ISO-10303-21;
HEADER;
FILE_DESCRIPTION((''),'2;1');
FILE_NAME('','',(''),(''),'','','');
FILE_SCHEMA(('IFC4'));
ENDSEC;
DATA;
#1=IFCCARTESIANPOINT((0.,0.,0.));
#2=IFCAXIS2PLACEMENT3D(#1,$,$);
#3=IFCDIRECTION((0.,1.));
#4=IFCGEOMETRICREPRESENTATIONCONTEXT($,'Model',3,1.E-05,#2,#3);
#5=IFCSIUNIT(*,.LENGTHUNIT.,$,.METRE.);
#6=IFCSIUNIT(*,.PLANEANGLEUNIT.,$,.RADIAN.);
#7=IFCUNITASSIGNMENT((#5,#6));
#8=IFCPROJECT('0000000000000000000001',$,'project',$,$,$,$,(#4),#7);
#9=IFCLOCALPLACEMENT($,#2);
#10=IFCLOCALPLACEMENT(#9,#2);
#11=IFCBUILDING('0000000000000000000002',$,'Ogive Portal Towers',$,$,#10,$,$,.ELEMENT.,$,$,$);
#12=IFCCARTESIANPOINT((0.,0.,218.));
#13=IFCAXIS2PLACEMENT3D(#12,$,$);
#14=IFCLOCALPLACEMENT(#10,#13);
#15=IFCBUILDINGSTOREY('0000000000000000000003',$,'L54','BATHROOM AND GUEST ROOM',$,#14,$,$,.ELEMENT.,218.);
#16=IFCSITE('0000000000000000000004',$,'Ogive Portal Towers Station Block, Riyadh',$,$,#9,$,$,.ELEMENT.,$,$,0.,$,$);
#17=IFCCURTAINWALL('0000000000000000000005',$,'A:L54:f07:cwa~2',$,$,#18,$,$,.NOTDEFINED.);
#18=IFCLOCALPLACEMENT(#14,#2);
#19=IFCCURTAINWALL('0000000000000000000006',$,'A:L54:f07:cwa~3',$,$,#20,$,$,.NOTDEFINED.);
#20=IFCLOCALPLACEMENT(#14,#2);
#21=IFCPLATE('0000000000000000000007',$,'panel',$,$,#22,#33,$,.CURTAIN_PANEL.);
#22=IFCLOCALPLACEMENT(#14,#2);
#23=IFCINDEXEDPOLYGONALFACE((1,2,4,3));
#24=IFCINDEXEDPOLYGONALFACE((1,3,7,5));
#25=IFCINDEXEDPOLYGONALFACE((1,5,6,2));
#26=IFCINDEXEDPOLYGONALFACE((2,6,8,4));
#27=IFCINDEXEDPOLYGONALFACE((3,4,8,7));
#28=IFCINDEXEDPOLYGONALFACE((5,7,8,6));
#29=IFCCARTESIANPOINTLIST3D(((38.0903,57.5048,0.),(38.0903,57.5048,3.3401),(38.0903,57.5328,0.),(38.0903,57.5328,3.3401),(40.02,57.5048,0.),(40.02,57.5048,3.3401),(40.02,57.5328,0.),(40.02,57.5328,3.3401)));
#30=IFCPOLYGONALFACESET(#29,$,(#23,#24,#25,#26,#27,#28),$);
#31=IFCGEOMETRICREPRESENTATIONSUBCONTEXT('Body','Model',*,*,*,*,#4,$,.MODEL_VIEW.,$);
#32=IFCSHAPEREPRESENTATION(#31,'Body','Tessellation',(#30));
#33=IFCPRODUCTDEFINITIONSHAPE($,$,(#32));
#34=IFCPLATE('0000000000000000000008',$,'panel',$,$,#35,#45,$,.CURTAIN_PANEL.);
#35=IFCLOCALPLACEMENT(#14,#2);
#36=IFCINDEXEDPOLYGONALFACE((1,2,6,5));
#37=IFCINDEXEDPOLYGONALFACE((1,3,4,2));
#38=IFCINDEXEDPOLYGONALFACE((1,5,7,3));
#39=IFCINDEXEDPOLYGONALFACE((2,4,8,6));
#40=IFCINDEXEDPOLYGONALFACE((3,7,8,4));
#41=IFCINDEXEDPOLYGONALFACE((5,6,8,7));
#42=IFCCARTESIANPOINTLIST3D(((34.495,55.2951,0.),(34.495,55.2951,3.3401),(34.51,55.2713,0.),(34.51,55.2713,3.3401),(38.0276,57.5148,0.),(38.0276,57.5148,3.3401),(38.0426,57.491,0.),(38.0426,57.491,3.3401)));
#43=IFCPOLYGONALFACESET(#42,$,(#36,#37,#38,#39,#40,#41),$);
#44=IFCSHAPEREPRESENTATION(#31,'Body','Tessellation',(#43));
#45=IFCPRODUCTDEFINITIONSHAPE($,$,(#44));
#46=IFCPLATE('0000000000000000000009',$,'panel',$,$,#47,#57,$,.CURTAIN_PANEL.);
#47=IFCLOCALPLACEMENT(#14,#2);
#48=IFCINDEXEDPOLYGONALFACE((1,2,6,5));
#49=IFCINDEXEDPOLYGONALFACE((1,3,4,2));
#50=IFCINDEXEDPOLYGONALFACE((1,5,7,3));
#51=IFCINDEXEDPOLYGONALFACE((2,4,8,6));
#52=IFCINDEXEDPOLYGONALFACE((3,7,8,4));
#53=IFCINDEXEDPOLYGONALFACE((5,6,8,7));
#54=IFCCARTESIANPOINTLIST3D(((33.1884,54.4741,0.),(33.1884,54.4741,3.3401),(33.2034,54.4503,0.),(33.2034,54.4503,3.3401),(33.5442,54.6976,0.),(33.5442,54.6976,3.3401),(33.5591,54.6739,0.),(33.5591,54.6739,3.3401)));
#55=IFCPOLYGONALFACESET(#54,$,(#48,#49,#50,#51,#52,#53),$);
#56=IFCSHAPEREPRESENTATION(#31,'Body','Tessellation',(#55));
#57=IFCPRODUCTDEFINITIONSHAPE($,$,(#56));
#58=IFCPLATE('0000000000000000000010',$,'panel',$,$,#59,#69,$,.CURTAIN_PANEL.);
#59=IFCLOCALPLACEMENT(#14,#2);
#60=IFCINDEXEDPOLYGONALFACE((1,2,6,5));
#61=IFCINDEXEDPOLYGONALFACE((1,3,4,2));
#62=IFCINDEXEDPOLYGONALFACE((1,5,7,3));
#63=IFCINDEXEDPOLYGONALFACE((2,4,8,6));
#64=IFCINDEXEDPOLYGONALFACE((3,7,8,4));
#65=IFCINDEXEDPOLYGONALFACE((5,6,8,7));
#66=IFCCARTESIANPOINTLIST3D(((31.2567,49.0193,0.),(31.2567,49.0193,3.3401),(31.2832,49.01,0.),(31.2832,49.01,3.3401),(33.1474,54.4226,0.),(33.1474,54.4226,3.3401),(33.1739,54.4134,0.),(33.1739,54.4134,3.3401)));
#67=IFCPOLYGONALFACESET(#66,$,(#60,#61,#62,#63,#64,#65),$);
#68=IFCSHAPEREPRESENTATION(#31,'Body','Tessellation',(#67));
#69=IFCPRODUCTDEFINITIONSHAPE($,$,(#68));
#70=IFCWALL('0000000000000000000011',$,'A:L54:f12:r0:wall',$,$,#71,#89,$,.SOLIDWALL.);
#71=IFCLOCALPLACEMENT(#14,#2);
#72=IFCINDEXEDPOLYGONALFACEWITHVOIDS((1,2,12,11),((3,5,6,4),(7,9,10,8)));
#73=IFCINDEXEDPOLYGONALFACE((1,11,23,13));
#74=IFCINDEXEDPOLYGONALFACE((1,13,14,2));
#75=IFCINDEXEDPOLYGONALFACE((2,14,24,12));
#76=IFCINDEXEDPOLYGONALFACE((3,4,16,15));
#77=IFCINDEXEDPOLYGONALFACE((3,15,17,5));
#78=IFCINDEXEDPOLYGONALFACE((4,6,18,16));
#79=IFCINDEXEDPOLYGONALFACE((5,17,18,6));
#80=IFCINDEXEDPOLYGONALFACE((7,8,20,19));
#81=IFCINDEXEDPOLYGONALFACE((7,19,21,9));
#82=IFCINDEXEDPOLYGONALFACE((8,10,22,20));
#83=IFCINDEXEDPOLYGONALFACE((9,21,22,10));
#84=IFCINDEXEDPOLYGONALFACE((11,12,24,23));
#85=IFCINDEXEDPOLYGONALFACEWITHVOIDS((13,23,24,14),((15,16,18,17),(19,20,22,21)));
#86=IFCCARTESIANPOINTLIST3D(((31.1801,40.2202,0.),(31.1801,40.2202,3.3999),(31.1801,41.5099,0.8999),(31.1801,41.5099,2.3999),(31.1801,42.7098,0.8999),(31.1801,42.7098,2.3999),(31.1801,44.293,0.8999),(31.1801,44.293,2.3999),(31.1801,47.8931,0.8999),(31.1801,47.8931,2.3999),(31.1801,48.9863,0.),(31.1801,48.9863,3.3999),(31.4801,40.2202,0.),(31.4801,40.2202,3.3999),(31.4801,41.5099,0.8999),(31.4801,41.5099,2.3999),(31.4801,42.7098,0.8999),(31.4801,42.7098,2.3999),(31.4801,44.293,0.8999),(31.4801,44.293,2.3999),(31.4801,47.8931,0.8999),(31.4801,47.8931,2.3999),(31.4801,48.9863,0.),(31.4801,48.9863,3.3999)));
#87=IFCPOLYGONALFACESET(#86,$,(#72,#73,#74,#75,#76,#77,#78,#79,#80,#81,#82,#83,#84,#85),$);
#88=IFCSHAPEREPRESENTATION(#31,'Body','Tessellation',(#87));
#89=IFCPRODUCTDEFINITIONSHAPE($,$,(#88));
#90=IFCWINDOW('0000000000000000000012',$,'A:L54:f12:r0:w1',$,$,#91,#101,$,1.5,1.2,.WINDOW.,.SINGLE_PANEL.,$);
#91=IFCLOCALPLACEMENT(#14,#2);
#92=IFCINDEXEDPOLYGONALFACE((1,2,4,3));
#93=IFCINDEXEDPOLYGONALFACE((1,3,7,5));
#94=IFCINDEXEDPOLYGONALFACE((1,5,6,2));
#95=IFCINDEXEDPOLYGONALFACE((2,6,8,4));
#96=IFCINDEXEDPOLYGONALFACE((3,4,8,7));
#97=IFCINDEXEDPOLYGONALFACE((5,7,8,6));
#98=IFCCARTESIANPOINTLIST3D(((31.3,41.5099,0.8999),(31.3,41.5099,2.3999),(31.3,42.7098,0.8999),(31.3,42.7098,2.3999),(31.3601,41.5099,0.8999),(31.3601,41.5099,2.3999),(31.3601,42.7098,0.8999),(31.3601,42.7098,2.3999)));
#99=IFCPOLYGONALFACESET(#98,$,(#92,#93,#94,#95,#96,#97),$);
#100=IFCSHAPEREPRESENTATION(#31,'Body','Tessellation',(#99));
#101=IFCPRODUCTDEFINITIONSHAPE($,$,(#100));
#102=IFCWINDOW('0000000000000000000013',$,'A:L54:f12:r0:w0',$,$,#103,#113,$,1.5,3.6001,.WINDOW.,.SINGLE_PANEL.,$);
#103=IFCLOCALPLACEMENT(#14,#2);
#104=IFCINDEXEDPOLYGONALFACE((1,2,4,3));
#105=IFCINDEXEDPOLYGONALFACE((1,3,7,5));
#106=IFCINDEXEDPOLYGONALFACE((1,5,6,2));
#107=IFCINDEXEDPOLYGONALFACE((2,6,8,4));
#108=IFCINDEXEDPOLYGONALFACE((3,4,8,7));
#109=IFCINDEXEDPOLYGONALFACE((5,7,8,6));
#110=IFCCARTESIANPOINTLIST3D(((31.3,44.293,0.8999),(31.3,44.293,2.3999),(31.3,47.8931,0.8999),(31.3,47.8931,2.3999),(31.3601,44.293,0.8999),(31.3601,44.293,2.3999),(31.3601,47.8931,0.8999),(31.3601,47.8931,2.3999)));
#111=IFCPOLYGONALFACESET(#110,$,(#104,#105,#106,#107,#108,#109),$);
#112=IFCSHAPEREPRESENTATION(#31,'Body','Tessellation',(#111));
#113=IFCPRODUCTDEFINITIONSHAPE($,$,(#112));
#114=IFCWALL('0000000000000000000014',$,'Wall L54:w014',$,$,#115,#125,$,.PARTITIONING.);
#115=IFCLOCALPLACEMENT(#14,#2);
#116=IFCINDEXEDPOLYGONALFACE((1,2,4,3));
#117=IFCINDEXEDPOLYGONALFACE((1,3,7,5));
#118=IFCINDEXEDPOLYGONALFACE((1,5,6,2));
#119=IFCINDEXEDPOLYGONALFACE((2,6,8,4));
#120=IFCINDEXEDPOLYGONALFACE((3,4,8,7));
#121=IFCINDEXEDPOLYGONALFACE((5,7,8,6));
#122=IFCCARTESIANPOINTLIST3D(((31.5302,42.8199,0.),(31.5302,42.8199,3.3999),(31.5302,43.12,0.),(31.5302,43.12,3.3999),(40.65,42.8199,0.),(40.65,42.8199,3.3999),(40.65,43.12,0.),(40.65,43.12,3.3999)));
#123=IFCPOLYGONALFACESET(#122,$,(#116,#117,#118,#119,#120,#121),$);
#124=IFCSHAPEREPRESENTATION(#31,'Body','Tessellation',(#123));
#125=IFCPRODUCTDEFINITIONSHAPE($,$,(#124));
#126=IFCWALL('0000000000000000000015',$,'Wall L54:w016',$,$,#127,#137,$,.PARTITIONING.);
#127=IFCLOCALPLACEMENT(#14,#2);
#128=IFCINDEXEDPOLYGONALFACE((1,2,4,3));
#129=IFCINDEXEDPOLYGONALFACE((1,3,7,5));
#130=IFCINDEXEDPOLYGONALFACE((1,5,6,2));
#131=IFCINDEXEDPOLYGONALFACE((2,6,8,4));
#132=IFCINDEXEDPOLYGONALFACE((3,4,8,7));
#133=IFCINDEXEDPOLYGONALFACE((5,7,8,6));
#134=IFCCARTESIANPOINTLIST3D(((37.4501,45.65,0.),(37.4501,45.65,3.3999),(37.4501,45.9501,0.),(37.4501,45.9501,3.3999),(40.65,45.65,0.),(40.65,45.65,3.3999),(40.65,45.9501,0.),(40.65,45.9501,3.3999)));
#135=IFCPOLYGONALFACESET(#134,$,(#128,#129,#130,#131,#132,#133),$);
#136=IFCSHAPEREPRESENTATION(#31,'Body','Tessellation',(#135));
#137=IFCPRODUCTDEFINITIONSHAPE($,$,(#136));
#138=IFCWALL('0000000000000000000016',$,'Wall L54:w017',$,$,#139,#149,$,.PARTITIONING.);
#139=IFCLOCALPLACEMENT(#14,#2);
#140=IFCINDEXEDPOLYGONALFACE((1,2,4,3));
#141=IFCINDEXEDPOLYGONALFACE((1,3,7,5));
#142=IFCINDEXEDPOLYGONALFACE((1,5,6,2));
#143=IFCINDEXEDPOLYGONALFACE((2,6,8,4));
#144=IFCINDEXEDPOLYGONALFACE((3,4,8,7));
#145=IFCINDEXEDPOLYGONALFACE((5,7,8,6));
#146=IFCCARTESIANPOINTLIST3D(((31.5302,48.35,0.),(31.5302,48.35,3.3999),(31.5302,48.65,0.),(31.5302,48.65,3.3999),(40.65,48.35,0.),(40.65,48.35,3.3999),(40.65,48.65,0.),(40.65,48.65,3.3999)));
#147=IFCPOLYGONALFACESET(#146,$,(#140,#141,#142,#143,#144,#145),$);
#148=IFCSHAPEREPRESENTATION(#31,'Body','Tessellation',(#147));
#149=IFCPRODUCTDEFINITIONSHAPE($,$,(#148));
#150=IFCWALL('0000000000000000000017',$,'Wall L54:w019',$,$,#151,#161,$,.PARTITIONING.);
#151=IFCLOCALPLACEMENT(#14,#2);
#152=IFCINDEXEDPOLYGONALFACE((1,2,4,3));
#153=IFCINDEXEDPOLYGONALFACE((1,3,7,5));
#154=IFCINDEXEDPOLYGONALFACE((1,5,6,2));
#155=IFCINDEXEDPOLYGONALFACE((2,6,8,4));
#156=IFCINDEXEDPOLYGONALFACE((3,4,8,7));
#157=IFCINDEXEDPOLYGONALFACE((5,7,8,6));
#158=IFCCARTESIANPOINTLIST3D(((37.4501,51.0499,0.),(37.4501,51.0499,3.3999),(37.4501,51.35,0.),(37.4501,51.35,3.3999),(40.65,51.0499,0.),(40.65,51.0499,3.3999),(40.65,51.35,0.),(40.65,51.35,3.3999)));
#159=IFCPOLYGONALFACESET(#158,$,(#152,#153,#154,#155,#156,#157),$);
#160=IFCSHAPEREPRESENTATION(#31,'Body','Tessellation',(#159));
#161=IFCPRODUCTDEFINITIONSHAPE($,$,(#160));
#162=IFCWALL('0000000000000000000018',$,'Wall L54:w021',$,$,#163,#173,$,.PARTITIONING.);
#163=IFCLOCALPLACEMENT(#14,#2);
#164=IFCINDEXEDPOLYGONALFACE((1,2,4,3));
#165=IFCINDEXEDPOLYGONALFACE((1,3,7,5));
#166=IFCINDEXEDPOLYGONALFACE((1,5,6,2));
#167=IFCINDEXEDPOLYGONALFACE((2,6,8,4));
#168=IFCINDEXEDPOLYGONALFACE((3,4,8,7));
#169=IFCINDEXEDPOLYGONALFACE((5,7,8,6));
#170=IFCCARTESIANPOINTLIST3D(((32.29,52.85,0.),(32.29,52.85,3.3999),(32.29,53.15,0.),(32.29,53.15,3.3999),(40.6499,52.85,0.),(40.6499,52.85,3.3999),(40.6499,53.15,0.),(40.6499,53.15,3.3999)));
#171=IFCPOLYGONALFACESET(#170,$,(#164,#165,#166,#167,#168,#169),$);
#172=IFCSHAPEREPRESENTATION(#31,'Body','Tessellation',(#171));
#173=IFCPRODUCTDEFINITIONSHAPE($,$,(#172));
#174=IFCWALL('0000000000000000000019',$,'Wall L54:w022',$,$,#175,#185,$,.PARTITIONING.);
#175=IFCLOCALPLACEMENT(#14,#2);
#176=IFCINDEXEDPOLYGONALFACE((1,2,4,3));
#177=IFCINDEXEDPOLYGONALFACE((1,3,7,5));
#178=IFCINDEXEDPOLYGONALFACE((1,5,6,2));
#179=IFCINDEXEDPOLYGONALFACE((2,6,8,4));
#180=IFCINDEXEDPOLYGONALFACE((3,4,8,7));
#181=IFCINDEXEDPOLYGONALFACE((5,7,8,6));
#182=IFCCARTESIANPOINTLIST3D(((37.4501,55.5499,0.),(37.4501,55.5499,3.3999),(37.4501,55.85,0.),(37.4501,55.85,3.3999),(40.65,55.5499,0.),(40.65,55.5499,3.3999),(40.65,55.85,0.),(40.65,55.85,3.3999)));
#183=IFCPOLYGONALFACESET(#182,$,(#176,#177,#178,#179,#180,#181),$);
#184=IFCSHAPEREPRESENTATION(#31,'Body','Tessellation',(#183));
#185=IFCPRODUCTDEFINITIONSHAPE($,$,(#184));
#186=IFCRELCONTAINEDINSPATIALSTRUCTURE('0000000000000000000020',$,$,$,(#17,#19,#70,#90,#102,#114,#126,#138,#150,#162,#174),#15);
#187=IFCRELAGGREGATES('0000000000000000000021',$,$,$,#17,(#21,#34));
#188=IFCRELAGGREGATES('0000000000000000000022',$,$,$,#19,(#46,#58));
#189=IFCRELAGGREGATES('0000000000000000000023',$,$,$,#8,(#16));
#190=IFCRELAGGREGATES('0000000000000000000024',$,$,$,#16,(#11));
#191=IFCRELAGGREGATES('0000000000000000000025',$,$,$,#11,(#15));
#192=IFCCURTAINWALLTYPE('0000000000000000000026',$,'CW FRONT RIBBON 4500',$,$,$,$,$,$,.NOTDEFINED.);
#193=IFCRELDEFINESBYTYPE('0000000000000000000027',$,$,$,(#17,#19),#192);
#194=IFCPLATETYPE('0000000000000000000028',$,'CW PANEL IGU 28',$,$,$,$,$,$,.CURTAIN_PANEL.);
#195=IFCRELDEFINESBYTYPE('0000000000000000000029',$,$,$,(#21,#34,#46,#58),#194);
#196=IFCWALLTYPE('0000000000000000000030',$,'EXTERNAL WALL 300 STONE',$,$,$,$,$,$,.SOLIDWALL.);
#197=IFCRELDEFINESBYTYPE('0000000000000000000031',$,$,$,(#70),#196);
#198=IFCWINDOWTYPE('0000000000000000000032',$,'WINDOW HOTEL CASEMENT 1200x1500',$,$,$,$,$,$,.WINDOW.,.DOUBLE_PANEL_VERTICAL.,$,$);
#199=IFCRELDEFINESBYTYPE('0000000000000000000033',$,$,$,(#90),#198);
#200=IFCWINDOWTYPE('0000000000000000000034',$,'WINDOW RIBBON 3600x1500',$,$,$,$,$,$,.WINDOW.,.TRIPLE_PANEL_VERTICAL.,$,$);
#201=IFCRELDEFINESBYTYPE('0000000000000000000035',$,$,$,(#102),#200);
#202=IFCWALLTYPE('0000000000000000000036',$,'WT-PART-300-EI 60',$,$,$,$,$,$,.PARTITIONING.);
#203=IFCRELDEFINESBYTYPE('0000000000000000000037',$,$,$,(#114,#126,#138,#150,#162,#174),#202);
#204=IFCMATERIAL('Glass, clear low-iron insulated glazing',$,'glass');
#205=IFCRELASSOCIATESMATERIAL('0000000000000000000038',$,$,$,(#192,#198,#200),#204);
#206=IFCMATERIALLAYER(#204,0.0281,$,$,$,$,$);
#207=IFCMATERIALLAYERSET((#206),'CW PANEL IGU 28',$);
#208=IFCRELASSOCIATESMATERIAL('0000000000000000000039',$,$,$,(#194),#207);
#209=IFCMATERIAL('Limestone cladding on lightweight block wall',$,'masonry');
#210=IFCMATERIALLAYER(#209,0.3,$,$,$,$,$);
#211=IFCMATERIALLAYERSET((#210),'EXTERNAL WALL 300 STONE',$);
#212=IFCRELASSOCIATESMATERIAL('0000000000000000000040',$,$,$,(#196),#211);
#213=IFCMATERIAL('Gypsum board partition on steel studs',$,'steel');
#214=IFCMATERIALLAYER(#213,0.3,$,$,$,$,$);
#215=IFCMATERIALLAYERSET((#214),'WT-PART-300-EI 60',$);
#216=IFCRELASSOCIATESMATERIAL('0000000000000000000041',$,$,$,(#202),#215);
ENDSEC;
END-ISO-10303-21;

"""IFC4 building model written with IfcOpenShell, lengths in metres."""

from ifc_helpers import new_model, si_unit, direction, frame, frame_2d, origin, origin_2d, place, context, subcontext, project, spatial, rectangle, extrude, material, layer, layer_set, type_object, element, fill, aggregate, save


model = new_model("IFC4")

# Units and contexts
model_context = context("Model", 3, precision=1e-05, world=origin(), true_north=direction((0.0, 1.0)))
body_context = subcontext(model_context, "Body", "Model", "MODEL_VIEW")
ifc_project = project(units=[si_unit("LENGTHUNIT", "METRE"), si_unit("PLANEANGLEUNIT", "RADIAN")], contexts=[model_context])

# Site, building, storey
site_placement = place(None, origin())
site = spatial("IfcSite", under=ifc_project, at=site_placement, Name="Ogive Portal Towers Station Block, Riyadh", CompositionType="ELEMENT", RefElevation=0.0)
building_placement = place(site_placement, origin())
building = spatial("IfcBuilding", under=site, at=building_placement, Name="Ogive Portal Towers", CompositionType="ELEMENT")
storey_placement = place(building_placement, frame((0.0, 0.0, 218.0)))
storey = spatial("IfcBuildingStorey", under=building, at=storey_placement, Name="L54", Description="BATHROOM AND GUEST ROOM", CompositionType="ELEMENT", Elevation=218.0)

# Shared definitions
ifc_material_1 = material(Name="Glass, clear low-iron insulated glazing", Category="glass")
curtain_wall_type = type_object("IfcCurtainWallType", Name="CW FRONT RIBBON 4500", PredefinedType="NOTDEFINED", material=ifc_material_1)

# Curtain walls
curtain_wall_1_placement = place(storey_placement, origin())
curtain_wall_1 = element("IfcCurtainWall", 1, at=curtain_wall_1_placement, inside=storey, type_object=curtain_wall_type, Name="A:L54:f07:cwa~2", PredefinedType="NOTDEFINED")
curtain_wall_2_placement = place(storey_placement, origin())
curtain_wall_2 = element("IfcCurtainWall", 2, at=curtain_wall_2_placement, inside=storey, type_object=curtain_wall_type, Name="A:L54:f07:cwa~3", PredefinedType="NOTDEFINED")

# Plates
ifc_layer_1 = layer(ifc_material_1, 0.0281)
ifc_layer_set_1 = layer_set([ifc_layer_1], Name="CW PANEL IGU 28")
plate_type = type_object("IfcPlateType", Name="CW PANEL IGU 28", PredefinedType="CURTAIN_PANEL", material=ifc_layer_set_1)
plate_1_placement = place(storey_placement, frame((39.0552, 57.5188, 0.0), z_axis=(0.0, 0.0, 1.0), x_axis=(-1.0, 0.0, 0.0)))
plate_1 = element("IfcPlate", 3, at=plate_1_placement, type_object=plate_type, Name="panel", PredefinedType="CURTAIN_PANEL", context=body_context, shape_type="SweptSolid", body=[
    extrude(rectangle(XDim=1.9297, YDim=0.0281, at=origin_2d()), origin(), (0.0, 0.0, 1.0), 3.3401),
])
plate_2_placement = place(storey_placement, frame((36.2688, 56.3931, 0.0), z_axis=(0.0, 0.0, 1.0), x_axis=(-0.846724, -0.532032, 0.0)))
plate_2 = element("IfcPlate", 4, at=plate_2_placement, type_object=plate_type, Name="panel", PredefinedType="CURTAIN_PANEL", context=body_context, shape_type="SweptSolid", body=[
    extrude(rectangle(XDim=4.1721, YDim=0.0281, at=origin_2d()), origin(), (0.0, 0.0, 1.0), 3.3401),
])
aggregate(curtain_wall_1, [plate_1, plate_2])
plate_3_placement = place(storey_placement, frame((33.3738, 54.574, 0.0), z_axis=(0.0, 0.0, 1.0), x_axis=(-0.846724, -0.532032, 0.0)))
plate_3 = element("IfcPlate", 5, at=plate_3_placement, type_object=plate_type, Name="panel", PredefinedType="CURTAIN_PANEL", context=body_context, shape_type="SweptSolid", body=[
    extrude(rectangle(XDim=0.4202, YDim=0.0281, at=origin_2d()), origin(), (0.0, 0.0, 1.0), 3.3401),
])
plate_4_placement = place(storey_placement, frame((32.2153, 51.7163, 0.0), z_axis=(0.0, 0.0, 1.0), x_axis=(-0.330279, -0.943883, 0.0)))
plate_4 = element("IfcPlate", 6, at=plate_4_placement, type_object=plate_type, Name="panel", PredefinedType="CURTAIN_PANEL", context=body_context, shape_type="SweptSolid", body=[
    extrude(rectangle(XDim=5.7246, YDim=0.0281, at=origin_2d()), origin(), (0.0, 0.0, 1.0), 3.3401),
])
aggregate(curtain_wall_2, [plate_3, plate_4])

# Wall, openings, windows
ifc_material_2 = material(Name="Limestone cladding on lightweight block wall", Category="masonry")
ifc_layer_2 = layer(ifc_material_2, 0.3)
ifc_layer_set_2 = layer_set([ifc_layer_2], Name="EXTERNAL WALL 300 STONE")
wall_type_1 = type_object("IfcWallType", Name="EXTERNAL WALL 300 STONE", PredefinedType="SOLIDWALL", material=ifc_layer_set_2)
wall_1_placement = place(storey_placement, frame((31.3301, 48.9863, 0.0), z_axis=(0.0, 0.0, 1.0), x_axis=(0.0, -1.0, 0.0)))
wall_1 = element("IfcWall", 7, at=wall_1_placement, inside=storey, type_object=wall_type_1, Name="A:L54:f12:r0:wall", PredefinedType="SOLIDWALL", context=body_context, shape_type="SweptSolid", body=[
    extrude(rectangle(XDim=8.7661, YDim=0.3, at=frame_2d((4.3831, 0.0))), origin(), (0.0, 0.0, 1.0), 3.3999),
])
opening_1_placement = place(wall_1_placement, frame((1.0933, 0.0, 0.8999)))
opening_1 = element("IfcOpeningElement", 8, at=opening_1_placement, cuts=wall_1, PredefinedType="OPENING", context=body_context, shape_type="SweptSolid", body=[
    extrude(rectangle(XDim=3.6001, YDim=1.5, at=frame_2d((1.8, 0.75))), frame((0.0, 0.1602, 0.0), z_axis=(0.0, -1.0, 0.0), x_axis=(1.0, 0.0, 0.0)), (0.0, 0.0, 1.0), 0.3201),
])
opening_2_placement = place(wall_1_placement, frame((6.2764, 0.0, 0.8999)))
opening_2 = element("IfcOpeningElement", 9, at=opening_2_placement, cuts=wall_1, PredefinedType="OPENING", context=body_context, shape_type="SweptSolid", body=[
    extrude(rectangle(XDim=1.2, YDim=1.5, at=frame_2d((0.6001, 0.75))), frame((0.0, 0.1602, 0.0), z_axis=(0.0, -1.0, 0.0), x_axis=(1.0, 0.0, 0.0)), (0.0, 0.0, 1.0), 0.3201),
])
window_type_1 = type_object("IfcWindowType", Name="WINDOW HOTEL CASEMENT 1200x1500", PartitioningType="DOUBLE_PANEL_VERTICAL", PredefinedType="WINDOW", material=ifc_material_1)
window_1_placement = place(opening_2_placement, origin())
window_1 = element("IfcWindow", 10, at=window_1_placement, inside=storey, type_object=window_type_1, Name="A:L54:f12:r0:w1", OverallHeight=1.5, OverallWidth=1.2, PartitioningType="SINGLE_PANEL", PredefinedType="WINDOW", context=body_context, shape_type="SweptSolid", body=[
    extrude(rectangle(XDim=1.2, YDim=1.5, at=frame_2d((0.6001, 0.75))), frame((0.0, 0.03, 0.0), z_axis=(0.0, -1.0, 0.0), x_axis=(1.0, 0.0, 0.0)), (0.0, 0.0, 1.0), 0.0601),
])
fill(opening_2, window_1)
window_type_2 = type_object("IfcWindowType", Name="WINDOW RIBBON 3600x1500", PartitioningType="TRIPLE_PANEL_VERTICAL", PredefinedType="WINDOW", material=ifc_material_1)
window_2_placement = place(opening_1_placement, origin())
window_2 = element("IfcWindow", 11, at=window_2_placement, inside=storey, type_object=window_type_2, Name="A:L54:f12:r0:w0", OverallHeight=1.5, OverallWidth=3.6001, PartitioningType="SINGLE_PANEL", PredefinedType="WINDOW", context=body_context, shape_type="SweptSolid", body=[
    extrude(rectangle(XDim=3.6001, YDim=1.5, at=frame_2d((1.8, 0.75))), frame((0.0, 0.03, 0.0), z_axis=(0.0, -1.0, 0.0), x_axis=(1.0, 0.0, 0.0)), (0.0, 0.0, 1.0), 0.0601),
])
fill(opening_1, window_2)

# Walls
ifc_material_3 = material(Name="Gypsum board partition on steel studs", Category="steel")
ifc_layer_3 = layer(ifc_material_3, 0.3)
ifc_layer_set_3 = layer_set([ifc_layer_3], Name="WT-PART-300-EI 60")
wall_type_2 = type_object("IfcWallType", Name="WT-PART-300-EI 60", PredefinedType="PARTITIONING", material=ifc_layer_set_3)
wall_2_placement = place(storey_placement, frame((31.53, 42.97, 0.0), z_axis=(0.0, 0.0, 1.0), x_axis=(1.0, 0.0, 0.0)))
element("IfcWall", 12, at=wall_2_placement, inside=storey, type_object=wall_type_2, Name="Wall L54:w014", PredefinedType="PARTITIONING", context=body_context, shape_type="SweptSolid", body=[
    extrude(rectangle(XDim=9.1199, YDim=0.3, at=frame_2d((4.5601, 0.0))), origin(), (0.0, 0.0, 1.0), 3.3999),
])
wall_3_placement = place(storey_placement, frame((37.45, 45.8, 0.0), z_axis=(0.0, 0.0, 1.0), x_axis=(1.0, 0.0, 0.0)))
element("IfcWall", 13, at=wall_3_placement, inside=storey, type_object=wall_type_2, Name="Wall L54:w016", PredefinedType="PARTITIONING", context=body_context, shape_type="SweptSolid", body=[
    extrude(rectangle(XDim=3.2, YDim=0.3, at=frame_2d((1.6001, 0.0))), origin(), (0.0, 0.0, 1.0), 3.3999),
])
wall_4_placement = place(storey_placement, frame((31.53, 48.5, 0.0), z_axis=(0.0, 0.0, 1.0), x_axis=(1.0, 0.0, 0.0)))
element("IfcWall", 14, at=wall_4_placement, inside=storey, type_object=wall_type_2, Name="Wall L54:w017", PredefinedType="PARTITIONING", context=body_context, shape_type="SweptSolid", body=[
    extrude(rectangle(XDim=9.1199, YDim=0.3, at=frame_2d((4.5601, 0.0))), origin(), (0.0, 0.0, 1.0), 3.3999),
])
wall_5_placement = place(storey_placement, frame((37.45, 51.2, 0.0), z_axis=(0.0, 0.0, 1.0), x_axis=(1.0, 0.0, 0.0)))
element("IfcWall", 15, at=wall_5_placement, inside=storey, type_object=wall_type_2, Name="Wall L54:w019", PredefinedType="PARTITIONING", context=body_context, shape_type="SweptSolid", body=[
    extrude(rectangle(XDim=3.2, YDim=0.3, at=frame_2d((1.6001, 0.0))), origin(), (0.0, 0.0, 1.0), 3.3999),
])
wall_6_placement = place(storey_placement, frame((32.29, 53.0, 0.0), z_axis=(0.0, 0.0, 1.0), x_axis=(1.0, 0.0, 0.0)))
element("IfcWall", 16, at=wall_6_placement, inside=storey, type_object=wall_type_2, Name="Wall L54:w021", PredefinedType="PARTITIONING", context=body_context, shape_type="SweptSolid", body=[
    extrude(rectangle(XDim=8.3599, YDim=0.3, at=frame_2d((4.1799, 0.0))), origin(), (0.0, 0.0, 1.0), 3.3999),
])
wall_7_placement = place(storey_placement, frame((37.45, 55.7, 0.0), z_axis=(0.0, 0.0, 1.0), x_axis=(1.0, 0.0, 0.0)))
element("IfcWall", 17, at=wall_7_placement, inside=storey, type_object=wall_type_2, Name="Wall L54:w022", PredefinedType="PARTITIONING", context=body_context, shape_type="SweptSolid", body=[
    extrude(rectangle(XDim=3.2, YDim=0.3, at=frame_2d((1.6001, 0.0))), origin(), (0.0, 0.0, 1.0), 3.3999),
])

save(model, "model.ifc")
